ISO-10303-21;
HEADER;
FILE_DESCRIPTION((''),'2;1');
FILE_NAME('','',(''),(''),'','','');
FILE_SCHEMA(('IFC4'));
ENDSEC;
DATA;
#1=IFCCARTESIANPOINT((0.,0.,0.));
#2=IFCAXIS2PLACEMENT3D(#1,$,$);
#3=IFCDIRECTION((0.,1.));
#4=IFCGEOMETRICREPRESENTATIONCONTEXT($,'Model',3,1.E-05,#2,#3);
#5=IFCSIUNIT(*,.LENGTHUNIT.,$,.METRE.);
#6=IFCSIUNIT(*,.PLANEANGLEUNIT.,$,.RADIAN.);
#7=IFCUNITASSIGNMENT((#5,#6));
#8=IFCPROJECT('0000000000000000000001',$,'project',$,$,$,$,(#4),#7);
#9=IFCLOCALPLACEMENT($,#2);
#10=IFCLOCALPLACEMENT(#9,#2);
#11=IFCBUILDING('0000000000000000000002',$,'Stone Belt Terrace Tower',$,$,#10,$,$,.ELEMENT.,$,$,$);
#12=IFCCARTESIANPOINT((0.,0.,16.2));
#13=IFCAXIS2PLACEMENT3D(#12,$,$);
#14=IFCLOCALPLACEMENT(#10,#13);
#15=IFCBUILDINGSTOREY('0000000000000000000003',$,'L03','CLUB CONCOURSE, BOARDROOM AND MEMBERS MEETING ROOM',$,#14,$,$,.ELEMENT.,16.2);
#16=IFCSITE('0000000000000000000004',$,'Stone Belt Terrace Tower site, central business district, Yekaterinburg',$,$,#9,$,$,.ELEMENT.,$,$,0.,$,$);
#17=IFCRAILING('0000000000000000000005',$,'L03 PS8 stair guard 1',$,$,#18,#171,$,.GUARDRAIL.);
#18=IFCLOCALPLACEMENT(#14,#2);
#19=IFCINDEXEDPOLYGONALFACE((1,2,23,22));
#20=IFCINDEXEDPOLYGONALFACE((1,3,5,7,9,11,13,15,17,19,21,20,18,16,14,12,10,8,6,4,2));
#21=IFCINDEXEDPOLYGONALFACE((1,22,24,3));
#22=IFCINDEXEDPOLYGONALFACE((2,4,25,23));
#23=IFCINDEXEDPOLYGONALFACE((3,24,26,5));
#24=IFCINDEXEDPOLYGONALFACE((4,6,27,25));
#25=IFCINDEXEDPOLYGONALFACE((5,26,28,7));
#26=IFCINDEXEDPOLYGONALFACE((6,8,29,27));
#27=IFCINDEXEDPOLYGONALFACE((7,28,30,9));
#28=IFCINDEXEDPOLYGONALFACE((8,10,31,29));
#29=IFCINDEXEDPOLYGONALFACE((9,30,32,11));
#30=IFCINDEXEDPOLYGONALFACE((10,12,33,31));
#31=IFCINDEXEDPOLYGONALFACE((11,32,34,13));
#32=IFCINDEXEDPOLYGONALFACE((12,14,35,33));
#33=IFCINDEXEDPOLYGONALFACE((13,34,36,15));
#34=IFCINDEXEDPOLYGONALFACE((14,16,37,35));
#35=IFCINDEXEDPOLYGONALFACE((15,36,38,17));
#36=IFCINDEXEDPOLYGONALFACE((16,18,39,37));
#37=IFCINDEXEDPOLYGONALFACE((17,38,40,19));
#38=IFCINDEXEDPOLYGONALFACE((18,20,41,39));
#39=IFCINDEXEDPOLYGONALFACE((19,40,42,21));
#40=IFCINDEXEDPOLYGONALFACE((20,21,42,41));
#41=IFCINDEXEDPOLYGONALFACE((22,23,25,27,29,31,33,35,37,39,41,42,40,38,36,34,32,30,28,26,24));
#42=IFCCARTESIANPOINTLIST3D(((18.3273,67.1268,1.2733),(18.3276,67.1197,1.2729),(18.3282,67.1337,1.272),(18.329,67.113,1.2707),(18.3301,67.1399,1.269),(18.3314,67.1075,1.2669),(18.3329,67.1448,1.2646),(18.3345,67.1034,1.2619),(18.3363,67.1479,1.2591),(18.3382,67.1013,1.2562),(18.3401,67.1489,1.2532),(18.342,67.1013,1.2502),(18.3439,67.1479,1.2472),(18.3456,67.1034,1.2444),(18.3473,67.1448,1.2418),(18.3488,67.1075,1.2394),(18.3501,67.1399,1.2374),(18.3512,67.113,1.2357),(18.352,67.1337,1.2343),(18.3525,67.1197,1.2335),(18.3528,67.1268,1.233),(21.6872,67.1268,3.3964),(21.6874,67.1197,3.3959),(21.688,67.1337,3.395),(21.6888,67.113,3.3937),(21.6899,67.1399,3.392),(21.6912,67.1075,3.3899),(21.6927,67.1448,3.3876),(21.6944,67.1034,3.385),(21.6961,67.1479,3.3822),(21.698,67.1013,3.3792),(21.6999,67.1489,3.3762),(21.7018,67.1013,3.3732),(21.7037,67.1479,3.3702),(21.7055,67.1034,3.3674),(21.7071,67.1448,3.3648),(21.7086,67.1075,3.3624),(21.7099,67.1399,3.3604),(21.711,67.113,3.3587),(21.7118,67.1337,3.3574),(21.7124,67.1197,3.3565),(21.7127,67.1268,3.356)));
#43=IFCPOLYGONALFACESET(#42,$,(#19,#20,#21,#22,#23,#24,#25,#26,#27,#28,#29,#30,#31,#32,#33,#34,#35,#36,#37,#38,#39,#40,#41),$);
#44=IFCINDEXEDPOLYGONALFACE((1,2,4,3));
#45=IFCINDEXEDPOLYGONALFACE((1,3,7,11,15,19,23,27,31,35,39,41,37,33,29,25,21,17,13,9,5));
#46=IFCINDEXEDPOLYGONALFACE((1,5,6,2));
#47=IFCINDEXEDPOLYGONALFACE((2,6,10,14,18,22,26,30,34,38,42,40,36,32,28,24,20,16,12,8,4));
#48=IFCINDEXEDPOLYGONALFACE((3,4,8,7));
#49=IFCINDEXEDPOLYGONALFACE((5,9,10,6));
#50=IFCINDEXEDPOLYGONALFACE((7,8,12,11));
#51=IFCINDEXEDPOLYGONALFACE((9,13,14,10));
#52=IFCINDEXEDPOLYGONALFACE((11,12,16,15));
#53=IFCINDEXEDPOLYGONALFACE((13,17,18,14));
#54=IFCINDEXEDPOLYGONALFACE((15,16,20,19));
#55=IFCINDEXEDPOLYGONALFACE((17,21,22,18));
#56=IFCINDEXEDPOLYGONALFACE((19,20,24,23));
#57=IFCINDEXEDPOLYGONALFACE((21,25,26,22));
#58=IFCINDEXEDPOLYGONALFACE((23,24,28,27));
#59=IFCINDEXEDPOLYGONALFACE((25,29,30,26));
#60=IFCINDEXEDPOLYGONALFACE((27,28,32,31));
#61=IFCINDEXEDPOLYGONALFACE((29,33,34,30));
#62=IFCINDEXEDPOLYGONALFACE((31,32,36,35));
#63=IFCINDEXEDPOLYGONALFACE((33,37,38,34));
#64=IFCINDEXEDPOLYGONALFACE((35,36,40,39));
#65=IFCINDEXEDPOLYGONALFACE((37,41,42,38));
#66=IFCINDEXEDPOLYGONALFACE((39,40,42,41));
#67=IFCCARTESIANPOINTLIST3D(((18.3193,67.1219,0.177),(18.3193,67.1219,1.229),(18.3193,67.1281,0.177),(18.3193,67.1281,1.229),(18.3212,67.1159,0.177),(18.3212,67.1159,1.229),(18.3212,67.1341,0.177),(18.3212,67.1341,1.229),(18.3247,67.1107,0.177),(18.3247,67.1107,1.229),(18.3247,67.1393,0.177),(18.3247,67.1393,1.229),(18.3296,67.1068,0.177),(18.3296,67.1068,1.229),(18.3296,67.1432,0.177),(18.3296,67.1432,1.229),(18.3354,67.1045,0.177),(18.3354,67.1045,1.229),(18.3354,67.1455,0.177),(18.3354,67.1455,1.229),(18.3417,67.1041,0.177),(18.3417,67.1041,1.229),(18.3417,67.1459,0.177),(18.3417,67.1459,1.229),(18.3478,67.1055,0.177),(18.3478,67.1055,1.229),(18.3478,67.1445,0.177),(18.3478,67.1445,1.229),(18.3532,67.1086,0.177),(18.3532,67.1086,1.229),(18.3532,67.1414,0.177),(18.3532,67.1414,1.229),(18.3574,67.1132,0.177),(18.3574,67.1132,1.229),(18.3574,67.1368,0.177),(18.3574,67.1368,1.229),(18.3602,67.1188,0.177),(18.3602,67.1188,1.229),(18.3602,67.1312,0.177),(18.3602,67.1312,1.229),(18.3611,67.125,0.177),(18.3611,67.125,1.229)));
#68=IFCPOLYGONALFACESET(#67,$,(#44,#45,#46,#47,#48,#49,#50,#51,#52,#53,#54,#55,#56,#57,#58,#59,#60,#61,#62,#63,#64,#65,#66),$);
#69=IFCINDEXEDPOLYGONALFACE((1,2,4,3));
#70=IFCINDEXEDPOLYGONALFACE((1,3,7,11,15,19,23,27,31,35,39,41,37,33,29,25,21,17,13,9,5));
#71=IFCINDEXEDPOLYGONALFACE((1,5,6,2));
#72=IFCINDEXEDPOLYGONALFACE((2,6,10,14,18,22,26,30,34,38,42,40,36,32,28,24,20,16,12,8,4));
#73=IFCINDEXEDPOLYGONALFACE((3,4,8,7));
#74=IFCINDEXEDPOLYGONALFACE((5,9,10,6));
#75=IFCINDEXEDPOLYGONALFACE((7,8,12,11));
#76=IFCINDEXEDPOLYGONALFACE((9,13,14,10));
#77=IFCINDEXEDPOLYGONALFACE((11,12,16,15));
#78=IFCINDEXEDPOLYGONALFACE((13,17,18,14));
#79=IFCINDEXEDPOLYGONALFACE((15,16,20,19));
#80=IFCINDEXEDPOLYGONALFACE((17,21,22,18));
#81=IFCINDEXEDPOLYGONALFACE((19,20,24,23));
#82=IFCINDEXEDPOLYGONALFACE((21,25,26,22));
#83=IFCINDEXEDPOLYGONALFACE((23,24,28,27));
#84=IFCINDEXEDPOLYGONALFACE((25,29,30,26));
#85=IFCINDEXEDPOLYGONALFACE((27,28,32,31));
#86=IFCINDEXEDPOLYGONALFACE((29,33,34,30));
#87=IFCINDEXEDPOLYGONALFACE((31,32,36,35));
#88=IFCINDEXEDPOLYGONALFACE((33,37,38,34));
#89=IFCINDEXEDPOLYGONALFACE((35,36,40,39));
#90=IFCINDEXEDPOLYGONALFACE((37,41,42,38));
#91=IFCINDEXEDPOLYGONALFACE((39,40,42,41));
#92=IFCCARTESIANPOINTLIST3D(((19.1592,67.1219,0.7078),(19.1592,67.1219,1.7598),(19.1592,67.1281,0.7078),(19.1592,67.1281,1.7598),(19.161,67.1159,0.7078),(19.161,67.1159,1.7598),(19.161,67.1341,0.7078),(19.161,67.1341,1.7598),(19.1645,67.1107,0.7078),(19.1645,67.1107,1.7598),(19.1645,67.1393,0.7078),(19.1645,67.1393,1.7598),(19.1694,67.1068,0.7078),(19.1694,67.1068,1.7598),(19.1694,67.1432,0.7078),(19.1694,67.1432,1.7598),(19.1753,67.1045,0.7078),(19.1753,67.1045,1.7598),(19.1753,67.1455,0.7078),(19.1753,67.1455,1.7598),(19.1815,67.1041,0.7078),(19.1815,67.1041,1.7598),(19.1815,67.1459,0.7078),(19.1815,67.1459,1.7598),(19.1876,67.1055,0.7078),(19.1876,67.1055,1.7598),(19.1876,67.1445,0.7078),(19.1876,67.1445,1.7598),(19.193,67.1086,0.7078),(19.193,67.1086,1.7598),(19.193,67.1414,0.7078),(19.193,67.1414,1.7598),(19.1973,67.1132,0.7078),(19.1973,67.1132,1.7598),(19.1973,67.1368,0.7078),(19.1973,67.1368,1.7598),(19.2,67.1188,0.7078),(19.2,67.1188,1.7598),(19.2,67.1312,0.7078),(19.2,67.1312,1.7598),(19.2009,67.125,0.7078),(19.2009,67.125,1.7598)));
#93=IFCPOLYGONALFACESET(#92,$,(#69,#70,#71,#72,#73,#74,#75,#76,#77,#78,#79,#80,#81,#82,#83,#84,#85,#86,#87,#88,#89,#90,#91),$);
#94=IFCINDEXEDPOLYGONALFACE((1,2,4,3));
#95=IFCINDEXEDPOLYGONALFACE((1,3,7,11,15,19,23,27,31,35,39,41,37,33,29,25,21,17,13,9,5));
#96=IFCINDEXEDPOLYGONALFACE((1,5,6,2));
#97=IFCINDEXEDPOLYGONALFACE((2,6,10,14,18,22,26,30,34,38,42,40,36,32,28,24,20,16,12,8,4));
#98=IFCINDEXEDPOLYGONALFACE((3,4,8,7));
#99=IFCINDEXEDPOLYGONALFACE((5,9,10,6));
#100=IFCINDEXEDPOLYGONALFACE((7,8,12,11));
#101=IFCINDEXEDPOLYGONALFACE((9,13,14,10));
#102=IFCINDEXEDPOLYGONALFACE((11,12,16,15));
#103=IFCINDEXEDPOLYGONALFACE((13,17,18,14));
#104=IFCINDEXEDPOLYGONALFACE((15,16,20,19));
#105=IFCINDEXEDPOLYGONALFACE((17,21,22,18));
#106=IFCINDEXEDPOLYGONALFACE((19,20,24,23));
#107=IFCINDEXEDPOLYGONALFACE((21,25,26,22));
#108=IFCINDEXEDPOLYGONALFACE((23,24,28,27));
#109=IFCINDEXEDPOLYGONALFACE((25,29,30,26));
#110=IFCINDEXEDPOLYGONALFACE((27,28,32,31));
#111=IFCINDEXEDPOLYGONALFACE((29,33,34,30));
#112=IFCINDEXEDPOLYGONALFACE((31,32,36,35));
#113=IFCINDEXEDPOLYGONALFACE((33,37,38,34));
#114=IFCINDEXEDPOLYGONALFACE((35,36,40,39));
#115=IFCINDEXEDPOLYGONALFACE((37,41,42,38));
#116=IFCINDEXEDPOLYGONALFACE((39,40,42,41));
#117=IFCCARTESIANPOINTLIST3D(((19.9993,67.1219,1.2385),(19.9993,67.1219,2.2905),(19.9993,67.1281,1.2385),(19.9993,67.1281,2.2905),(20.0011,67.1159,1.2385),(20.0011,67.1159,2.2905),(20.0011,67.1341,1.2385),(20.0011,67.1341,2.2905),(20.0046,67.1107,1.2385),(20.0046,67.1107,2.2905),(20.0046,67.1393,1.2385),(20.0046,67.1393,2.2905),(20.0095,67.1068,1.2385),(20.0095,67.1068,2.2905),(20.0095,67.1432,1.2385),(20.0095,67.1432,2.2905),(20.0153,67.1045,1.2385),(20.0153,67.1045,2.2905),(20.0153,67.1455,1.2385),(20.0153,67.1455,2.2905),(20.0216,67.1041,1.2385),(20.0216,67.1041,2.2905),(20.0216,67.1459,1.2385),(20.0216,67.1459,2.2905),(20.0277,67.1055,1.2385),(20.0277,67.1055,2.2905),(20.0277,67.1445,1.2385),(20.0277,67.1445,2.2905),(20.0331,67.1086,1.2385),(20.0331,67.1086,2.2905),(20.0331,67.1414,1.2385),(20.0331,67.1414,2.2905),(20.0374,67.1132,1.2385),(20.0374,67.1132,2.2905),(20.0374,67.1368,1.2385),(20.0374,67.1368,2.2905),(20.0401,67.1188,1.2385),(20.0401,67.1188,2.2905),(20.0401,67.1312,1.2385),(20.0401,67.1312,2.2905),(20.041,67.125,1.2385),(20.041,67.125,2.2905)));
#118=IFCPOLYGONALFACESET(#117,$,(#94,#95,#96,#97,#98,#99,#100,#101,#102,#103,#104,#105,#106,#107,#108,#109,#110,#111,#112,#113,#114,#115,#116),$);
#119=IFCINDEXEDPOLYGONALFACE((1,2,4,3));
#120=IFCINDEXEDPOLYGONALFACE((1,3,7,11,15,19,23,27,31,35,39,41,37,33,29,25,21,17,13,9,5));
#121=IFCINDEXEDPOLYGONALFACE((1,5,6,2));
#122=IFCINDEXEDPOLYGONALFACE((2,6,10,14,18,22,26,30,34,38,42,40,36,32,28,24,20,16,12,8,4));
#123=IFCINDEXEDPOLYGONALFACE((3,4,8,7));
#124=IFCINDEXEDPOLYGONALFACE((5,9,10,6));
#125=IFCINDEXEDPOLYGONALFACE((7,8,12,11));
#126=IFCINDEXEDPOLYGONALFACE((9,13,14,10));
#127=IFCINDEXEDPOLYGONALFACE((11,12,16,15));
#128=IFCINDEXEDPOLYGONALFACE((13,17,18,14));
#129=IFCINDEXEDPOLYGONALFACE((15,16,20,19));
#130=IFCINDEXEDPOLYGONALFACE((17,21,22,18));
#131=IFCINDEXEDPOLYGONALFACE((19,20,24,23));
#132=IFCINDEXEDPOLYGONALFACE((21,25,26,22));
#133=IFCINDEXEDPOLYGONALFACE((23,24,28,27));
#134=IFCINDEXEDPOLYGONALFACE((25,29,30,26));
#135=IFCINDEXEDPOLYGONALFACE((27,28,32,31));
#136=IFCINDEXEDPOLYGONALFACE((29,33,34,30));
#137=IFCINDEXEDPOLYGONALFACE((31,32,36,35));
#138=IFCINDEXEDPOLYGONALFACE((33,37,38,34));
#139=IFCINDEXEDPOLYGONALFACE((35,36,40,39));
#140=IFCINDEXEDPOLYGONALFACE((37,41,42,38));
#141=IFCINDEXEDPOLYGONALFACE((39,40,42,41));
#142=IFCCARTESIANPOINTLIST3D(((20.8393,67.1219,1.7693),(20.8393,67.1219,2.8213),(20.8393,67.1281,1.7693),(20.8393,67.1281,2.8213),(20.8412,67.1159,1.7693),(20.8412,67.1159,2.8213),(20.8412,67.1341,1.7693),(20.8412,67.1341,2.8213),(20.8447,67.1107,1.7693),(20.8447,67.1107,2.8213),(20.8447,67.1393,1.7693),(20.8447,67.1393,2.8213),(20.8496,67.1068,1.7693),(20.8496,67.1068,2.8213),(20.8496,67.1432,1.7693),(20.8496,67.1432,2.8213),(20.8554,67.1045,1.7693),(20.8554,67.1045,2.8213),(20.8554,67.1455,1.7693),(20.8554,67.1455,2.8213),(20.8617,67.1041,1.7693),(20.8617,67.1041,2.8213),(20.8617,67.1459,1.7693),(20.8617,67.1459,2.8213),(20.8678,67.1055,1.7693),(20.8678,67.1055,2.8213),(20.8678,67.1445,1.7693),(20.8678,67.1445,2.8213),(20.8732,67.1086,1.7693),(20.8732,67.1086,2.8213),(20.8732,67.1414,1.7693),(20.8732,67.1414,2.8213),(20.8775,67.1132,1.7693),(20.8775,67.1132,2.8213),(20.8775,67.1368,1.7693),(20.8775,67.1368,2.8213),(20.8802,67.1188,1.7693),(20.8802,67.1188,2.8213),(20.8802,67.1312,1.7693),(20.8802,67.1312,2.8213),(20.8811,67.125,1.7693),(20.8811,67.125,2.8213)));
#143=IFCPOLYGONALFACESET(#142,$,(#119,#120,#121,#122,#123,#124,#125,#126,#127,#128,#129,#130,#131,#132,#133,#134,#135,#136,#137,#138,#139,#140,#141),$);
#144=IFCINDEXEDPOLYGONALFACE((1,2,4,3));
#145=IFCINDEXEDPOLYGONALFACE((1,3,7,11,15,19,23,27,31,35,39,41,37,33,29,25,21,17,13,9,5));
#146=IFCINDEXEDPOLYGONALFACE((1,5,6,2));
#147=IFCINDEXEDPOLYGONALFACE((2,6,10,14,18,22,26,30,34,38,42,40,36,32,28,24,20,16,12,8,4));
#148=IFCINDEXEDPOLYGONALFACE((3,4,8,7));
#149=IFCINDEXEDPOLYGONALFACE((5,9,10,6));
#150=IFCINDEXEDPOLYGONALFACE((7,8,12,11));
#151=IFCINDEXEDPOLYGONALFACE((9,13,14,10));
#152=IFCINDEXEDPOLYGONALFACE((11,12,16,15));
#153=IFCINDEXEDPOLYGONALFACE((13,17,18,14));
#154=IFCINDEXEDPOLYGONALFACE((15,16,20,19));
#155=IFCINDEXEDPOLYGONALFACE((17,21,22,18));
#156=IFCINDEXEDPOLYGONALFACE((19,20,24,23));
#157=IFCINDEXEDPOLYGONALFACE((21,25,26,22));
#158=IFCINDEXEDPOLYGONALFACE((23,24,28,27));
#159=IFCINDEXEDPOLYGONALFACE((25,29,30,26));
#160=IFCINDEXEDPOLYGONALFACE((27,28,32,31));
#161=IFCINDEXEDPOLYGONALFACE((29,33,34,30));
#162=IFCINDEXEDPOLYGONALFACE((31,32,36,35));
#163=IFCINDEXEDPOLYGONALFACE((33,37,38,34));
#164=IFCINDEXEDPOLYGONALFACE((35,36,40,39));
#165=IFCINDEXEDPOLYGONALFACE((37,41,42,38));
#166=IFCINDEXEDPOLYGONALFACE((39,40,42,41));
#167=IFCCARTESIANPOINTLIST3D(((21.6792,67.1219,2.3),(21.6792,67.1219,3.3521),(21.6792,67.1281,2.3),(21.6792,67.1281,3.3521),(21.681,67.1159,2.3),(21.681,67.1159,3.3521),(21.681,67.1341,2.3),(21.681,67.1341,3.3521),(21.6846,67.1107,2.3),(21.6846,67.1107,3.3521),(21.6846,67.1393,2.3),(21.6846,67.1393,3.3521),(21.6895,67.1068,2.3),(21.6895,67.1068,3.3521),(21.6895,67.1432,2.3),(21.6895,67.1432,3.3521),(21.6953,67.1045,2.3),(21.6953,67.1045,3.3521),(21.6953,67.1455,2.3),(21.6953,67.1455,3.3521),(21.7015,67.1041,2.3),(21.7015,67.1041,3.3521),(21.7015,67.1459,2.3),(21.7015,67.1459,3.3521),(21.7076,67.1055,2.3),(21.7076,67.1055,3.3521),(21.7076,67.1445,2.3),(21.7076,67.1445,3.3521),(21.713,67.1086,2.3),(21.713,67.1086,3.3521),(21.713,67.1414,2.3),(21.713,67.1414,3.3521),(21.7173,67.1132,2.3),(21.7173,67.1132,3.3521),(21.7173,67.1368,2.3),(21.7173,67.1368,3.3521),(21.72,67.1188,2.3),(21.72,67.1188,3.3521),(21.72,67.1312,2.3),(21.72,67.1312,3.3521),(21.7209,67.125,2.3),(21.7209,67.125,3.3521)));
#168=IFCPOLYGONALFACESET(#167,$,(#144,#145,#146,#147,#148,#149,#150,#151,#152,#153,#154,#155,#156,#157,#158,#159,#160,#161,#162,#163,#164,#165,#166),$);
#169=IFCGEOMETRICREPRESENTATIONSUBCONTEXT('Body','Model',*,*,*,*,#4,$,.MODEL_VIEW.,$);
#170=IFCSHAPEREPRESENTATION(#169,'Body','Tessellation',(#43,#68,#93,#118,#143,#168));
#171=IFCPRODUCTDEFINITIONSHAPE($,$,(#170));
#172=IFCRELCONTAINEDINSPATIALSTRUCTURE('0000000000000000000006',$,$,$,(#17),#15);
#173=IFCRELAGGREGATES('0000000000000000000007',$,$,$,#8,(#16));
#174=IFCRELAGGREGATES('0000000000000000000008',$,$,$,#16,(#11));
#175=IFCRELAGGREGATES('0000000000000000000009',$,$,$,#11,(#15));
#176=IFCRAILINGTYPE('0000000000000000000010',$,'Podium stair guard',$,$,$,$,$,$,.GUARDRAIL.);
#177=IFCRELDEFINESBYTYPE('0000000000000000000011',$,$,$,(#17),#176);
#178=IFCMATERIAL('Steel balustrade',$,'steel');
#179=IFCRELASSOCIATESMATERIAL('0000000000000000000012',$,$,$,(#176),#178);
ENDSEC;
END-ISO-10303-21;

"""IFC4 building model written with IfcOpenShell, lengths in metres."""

from ifc_helpers import new_model, si_unit, direction, frame, origin, origin_2d, place, context, subcontext, project, spatial, circle, extrude, material, type_object, element, save


model = new_model("IFC4")

# Units and contexts
model_context = context("Model", 3, precision=1e-05, world=origin(), true_north=direction((0.0, 1.0)))
body_context = subcontext(model_context, "Body", "Model", "MODEL_VIEW")
ifc_project = project(units=[si_unit("LENGTHUNIT", "METRE"), si_unit("PLANEANGLEUNIT", "RADIAN")], contexts=[model_context])

# Site, building, storey
site_placement = place(None, origin())
site = spatial("IfcSite", under=ifc_project, at=site_placement, Name="Stone Belt Terrace Tower site, central business district, Yekaterinburg", CompositionType="ELEMENT", RefElevation=0.0)
building_placement = place(site_placement, origin())
building = spatial("IfcBuilding", under=site, at=building_placement, Name="Stone Belt Terrace Tower", CompositionType="ELEMENT")
storey_placement = place(building_placement, frame((0.0, 0.0, 16.2)))
storey = spatial("IfcBuildingStorey", under=building, at=storey_placement, Name="L03", Description="CLUB CONCOURSE, BOARDROOM AND MEMBERS MEETING ROOM", CompositionType="ELEMENT", Elevation=16.2)

# Railing
ifc_material_1 = material(Name="Steel balustrade", Category="steel")
railing_type_1 = type_object("IfcRailingType", Name="Podium stair guard", PredefinedType="GUARDRAIL", material=ifc_material_1)
railing_1_placement = place(storey_placement, frame((18.3401, 67.125, 0.177)))
element("IfcRailing", 1, at=railing_1_placement, inside=storey, type_object=railing_type_1, Name="L03 PS8 stair guard 1", PredefinedType="GUARDRAIL", context=body_context, shape_type="SweptSolid", body=[
    extrude(circle(Radius=0.0239, at=origin_2d()), frame((0.0, 0.0, 1.0762), z_axis=(0.845372, 0.0, 0.534178), x_axis=(0.0, 1.0, 0.0)), (0.0, 0.0, 1.0), 3.9744),
    extrude(circle(Radius=0.021, at=origin_2d()), origin(), (0.0, 0.0, 1.0), 1.052),
    extrude(circle(Radius=0.021, at=origin_2d()), frame((0.8398, 0.0, 0.5308)), (0.0, 0.0, 1.0), 1.052),
    extrude(circle(Radius=0.021, at=origin_2d()), frame((1.6799, 0.0, 1.0615)), (0.0, 0.0, 1.0), 1.052),
    extrude(circle(Radius=0.021, at=origin_2d()), frame((2.52, 0.0, 1.5923)), (0.0, 0.0, 1.0), 1.052),
    extrude(circle(Radius=0.021, at=origin_2d()), frame((3.3599, 0.0, 2.123)), (0.0, 0.0, 1.0), 1.052),
])

save(model, "model.ifc")
